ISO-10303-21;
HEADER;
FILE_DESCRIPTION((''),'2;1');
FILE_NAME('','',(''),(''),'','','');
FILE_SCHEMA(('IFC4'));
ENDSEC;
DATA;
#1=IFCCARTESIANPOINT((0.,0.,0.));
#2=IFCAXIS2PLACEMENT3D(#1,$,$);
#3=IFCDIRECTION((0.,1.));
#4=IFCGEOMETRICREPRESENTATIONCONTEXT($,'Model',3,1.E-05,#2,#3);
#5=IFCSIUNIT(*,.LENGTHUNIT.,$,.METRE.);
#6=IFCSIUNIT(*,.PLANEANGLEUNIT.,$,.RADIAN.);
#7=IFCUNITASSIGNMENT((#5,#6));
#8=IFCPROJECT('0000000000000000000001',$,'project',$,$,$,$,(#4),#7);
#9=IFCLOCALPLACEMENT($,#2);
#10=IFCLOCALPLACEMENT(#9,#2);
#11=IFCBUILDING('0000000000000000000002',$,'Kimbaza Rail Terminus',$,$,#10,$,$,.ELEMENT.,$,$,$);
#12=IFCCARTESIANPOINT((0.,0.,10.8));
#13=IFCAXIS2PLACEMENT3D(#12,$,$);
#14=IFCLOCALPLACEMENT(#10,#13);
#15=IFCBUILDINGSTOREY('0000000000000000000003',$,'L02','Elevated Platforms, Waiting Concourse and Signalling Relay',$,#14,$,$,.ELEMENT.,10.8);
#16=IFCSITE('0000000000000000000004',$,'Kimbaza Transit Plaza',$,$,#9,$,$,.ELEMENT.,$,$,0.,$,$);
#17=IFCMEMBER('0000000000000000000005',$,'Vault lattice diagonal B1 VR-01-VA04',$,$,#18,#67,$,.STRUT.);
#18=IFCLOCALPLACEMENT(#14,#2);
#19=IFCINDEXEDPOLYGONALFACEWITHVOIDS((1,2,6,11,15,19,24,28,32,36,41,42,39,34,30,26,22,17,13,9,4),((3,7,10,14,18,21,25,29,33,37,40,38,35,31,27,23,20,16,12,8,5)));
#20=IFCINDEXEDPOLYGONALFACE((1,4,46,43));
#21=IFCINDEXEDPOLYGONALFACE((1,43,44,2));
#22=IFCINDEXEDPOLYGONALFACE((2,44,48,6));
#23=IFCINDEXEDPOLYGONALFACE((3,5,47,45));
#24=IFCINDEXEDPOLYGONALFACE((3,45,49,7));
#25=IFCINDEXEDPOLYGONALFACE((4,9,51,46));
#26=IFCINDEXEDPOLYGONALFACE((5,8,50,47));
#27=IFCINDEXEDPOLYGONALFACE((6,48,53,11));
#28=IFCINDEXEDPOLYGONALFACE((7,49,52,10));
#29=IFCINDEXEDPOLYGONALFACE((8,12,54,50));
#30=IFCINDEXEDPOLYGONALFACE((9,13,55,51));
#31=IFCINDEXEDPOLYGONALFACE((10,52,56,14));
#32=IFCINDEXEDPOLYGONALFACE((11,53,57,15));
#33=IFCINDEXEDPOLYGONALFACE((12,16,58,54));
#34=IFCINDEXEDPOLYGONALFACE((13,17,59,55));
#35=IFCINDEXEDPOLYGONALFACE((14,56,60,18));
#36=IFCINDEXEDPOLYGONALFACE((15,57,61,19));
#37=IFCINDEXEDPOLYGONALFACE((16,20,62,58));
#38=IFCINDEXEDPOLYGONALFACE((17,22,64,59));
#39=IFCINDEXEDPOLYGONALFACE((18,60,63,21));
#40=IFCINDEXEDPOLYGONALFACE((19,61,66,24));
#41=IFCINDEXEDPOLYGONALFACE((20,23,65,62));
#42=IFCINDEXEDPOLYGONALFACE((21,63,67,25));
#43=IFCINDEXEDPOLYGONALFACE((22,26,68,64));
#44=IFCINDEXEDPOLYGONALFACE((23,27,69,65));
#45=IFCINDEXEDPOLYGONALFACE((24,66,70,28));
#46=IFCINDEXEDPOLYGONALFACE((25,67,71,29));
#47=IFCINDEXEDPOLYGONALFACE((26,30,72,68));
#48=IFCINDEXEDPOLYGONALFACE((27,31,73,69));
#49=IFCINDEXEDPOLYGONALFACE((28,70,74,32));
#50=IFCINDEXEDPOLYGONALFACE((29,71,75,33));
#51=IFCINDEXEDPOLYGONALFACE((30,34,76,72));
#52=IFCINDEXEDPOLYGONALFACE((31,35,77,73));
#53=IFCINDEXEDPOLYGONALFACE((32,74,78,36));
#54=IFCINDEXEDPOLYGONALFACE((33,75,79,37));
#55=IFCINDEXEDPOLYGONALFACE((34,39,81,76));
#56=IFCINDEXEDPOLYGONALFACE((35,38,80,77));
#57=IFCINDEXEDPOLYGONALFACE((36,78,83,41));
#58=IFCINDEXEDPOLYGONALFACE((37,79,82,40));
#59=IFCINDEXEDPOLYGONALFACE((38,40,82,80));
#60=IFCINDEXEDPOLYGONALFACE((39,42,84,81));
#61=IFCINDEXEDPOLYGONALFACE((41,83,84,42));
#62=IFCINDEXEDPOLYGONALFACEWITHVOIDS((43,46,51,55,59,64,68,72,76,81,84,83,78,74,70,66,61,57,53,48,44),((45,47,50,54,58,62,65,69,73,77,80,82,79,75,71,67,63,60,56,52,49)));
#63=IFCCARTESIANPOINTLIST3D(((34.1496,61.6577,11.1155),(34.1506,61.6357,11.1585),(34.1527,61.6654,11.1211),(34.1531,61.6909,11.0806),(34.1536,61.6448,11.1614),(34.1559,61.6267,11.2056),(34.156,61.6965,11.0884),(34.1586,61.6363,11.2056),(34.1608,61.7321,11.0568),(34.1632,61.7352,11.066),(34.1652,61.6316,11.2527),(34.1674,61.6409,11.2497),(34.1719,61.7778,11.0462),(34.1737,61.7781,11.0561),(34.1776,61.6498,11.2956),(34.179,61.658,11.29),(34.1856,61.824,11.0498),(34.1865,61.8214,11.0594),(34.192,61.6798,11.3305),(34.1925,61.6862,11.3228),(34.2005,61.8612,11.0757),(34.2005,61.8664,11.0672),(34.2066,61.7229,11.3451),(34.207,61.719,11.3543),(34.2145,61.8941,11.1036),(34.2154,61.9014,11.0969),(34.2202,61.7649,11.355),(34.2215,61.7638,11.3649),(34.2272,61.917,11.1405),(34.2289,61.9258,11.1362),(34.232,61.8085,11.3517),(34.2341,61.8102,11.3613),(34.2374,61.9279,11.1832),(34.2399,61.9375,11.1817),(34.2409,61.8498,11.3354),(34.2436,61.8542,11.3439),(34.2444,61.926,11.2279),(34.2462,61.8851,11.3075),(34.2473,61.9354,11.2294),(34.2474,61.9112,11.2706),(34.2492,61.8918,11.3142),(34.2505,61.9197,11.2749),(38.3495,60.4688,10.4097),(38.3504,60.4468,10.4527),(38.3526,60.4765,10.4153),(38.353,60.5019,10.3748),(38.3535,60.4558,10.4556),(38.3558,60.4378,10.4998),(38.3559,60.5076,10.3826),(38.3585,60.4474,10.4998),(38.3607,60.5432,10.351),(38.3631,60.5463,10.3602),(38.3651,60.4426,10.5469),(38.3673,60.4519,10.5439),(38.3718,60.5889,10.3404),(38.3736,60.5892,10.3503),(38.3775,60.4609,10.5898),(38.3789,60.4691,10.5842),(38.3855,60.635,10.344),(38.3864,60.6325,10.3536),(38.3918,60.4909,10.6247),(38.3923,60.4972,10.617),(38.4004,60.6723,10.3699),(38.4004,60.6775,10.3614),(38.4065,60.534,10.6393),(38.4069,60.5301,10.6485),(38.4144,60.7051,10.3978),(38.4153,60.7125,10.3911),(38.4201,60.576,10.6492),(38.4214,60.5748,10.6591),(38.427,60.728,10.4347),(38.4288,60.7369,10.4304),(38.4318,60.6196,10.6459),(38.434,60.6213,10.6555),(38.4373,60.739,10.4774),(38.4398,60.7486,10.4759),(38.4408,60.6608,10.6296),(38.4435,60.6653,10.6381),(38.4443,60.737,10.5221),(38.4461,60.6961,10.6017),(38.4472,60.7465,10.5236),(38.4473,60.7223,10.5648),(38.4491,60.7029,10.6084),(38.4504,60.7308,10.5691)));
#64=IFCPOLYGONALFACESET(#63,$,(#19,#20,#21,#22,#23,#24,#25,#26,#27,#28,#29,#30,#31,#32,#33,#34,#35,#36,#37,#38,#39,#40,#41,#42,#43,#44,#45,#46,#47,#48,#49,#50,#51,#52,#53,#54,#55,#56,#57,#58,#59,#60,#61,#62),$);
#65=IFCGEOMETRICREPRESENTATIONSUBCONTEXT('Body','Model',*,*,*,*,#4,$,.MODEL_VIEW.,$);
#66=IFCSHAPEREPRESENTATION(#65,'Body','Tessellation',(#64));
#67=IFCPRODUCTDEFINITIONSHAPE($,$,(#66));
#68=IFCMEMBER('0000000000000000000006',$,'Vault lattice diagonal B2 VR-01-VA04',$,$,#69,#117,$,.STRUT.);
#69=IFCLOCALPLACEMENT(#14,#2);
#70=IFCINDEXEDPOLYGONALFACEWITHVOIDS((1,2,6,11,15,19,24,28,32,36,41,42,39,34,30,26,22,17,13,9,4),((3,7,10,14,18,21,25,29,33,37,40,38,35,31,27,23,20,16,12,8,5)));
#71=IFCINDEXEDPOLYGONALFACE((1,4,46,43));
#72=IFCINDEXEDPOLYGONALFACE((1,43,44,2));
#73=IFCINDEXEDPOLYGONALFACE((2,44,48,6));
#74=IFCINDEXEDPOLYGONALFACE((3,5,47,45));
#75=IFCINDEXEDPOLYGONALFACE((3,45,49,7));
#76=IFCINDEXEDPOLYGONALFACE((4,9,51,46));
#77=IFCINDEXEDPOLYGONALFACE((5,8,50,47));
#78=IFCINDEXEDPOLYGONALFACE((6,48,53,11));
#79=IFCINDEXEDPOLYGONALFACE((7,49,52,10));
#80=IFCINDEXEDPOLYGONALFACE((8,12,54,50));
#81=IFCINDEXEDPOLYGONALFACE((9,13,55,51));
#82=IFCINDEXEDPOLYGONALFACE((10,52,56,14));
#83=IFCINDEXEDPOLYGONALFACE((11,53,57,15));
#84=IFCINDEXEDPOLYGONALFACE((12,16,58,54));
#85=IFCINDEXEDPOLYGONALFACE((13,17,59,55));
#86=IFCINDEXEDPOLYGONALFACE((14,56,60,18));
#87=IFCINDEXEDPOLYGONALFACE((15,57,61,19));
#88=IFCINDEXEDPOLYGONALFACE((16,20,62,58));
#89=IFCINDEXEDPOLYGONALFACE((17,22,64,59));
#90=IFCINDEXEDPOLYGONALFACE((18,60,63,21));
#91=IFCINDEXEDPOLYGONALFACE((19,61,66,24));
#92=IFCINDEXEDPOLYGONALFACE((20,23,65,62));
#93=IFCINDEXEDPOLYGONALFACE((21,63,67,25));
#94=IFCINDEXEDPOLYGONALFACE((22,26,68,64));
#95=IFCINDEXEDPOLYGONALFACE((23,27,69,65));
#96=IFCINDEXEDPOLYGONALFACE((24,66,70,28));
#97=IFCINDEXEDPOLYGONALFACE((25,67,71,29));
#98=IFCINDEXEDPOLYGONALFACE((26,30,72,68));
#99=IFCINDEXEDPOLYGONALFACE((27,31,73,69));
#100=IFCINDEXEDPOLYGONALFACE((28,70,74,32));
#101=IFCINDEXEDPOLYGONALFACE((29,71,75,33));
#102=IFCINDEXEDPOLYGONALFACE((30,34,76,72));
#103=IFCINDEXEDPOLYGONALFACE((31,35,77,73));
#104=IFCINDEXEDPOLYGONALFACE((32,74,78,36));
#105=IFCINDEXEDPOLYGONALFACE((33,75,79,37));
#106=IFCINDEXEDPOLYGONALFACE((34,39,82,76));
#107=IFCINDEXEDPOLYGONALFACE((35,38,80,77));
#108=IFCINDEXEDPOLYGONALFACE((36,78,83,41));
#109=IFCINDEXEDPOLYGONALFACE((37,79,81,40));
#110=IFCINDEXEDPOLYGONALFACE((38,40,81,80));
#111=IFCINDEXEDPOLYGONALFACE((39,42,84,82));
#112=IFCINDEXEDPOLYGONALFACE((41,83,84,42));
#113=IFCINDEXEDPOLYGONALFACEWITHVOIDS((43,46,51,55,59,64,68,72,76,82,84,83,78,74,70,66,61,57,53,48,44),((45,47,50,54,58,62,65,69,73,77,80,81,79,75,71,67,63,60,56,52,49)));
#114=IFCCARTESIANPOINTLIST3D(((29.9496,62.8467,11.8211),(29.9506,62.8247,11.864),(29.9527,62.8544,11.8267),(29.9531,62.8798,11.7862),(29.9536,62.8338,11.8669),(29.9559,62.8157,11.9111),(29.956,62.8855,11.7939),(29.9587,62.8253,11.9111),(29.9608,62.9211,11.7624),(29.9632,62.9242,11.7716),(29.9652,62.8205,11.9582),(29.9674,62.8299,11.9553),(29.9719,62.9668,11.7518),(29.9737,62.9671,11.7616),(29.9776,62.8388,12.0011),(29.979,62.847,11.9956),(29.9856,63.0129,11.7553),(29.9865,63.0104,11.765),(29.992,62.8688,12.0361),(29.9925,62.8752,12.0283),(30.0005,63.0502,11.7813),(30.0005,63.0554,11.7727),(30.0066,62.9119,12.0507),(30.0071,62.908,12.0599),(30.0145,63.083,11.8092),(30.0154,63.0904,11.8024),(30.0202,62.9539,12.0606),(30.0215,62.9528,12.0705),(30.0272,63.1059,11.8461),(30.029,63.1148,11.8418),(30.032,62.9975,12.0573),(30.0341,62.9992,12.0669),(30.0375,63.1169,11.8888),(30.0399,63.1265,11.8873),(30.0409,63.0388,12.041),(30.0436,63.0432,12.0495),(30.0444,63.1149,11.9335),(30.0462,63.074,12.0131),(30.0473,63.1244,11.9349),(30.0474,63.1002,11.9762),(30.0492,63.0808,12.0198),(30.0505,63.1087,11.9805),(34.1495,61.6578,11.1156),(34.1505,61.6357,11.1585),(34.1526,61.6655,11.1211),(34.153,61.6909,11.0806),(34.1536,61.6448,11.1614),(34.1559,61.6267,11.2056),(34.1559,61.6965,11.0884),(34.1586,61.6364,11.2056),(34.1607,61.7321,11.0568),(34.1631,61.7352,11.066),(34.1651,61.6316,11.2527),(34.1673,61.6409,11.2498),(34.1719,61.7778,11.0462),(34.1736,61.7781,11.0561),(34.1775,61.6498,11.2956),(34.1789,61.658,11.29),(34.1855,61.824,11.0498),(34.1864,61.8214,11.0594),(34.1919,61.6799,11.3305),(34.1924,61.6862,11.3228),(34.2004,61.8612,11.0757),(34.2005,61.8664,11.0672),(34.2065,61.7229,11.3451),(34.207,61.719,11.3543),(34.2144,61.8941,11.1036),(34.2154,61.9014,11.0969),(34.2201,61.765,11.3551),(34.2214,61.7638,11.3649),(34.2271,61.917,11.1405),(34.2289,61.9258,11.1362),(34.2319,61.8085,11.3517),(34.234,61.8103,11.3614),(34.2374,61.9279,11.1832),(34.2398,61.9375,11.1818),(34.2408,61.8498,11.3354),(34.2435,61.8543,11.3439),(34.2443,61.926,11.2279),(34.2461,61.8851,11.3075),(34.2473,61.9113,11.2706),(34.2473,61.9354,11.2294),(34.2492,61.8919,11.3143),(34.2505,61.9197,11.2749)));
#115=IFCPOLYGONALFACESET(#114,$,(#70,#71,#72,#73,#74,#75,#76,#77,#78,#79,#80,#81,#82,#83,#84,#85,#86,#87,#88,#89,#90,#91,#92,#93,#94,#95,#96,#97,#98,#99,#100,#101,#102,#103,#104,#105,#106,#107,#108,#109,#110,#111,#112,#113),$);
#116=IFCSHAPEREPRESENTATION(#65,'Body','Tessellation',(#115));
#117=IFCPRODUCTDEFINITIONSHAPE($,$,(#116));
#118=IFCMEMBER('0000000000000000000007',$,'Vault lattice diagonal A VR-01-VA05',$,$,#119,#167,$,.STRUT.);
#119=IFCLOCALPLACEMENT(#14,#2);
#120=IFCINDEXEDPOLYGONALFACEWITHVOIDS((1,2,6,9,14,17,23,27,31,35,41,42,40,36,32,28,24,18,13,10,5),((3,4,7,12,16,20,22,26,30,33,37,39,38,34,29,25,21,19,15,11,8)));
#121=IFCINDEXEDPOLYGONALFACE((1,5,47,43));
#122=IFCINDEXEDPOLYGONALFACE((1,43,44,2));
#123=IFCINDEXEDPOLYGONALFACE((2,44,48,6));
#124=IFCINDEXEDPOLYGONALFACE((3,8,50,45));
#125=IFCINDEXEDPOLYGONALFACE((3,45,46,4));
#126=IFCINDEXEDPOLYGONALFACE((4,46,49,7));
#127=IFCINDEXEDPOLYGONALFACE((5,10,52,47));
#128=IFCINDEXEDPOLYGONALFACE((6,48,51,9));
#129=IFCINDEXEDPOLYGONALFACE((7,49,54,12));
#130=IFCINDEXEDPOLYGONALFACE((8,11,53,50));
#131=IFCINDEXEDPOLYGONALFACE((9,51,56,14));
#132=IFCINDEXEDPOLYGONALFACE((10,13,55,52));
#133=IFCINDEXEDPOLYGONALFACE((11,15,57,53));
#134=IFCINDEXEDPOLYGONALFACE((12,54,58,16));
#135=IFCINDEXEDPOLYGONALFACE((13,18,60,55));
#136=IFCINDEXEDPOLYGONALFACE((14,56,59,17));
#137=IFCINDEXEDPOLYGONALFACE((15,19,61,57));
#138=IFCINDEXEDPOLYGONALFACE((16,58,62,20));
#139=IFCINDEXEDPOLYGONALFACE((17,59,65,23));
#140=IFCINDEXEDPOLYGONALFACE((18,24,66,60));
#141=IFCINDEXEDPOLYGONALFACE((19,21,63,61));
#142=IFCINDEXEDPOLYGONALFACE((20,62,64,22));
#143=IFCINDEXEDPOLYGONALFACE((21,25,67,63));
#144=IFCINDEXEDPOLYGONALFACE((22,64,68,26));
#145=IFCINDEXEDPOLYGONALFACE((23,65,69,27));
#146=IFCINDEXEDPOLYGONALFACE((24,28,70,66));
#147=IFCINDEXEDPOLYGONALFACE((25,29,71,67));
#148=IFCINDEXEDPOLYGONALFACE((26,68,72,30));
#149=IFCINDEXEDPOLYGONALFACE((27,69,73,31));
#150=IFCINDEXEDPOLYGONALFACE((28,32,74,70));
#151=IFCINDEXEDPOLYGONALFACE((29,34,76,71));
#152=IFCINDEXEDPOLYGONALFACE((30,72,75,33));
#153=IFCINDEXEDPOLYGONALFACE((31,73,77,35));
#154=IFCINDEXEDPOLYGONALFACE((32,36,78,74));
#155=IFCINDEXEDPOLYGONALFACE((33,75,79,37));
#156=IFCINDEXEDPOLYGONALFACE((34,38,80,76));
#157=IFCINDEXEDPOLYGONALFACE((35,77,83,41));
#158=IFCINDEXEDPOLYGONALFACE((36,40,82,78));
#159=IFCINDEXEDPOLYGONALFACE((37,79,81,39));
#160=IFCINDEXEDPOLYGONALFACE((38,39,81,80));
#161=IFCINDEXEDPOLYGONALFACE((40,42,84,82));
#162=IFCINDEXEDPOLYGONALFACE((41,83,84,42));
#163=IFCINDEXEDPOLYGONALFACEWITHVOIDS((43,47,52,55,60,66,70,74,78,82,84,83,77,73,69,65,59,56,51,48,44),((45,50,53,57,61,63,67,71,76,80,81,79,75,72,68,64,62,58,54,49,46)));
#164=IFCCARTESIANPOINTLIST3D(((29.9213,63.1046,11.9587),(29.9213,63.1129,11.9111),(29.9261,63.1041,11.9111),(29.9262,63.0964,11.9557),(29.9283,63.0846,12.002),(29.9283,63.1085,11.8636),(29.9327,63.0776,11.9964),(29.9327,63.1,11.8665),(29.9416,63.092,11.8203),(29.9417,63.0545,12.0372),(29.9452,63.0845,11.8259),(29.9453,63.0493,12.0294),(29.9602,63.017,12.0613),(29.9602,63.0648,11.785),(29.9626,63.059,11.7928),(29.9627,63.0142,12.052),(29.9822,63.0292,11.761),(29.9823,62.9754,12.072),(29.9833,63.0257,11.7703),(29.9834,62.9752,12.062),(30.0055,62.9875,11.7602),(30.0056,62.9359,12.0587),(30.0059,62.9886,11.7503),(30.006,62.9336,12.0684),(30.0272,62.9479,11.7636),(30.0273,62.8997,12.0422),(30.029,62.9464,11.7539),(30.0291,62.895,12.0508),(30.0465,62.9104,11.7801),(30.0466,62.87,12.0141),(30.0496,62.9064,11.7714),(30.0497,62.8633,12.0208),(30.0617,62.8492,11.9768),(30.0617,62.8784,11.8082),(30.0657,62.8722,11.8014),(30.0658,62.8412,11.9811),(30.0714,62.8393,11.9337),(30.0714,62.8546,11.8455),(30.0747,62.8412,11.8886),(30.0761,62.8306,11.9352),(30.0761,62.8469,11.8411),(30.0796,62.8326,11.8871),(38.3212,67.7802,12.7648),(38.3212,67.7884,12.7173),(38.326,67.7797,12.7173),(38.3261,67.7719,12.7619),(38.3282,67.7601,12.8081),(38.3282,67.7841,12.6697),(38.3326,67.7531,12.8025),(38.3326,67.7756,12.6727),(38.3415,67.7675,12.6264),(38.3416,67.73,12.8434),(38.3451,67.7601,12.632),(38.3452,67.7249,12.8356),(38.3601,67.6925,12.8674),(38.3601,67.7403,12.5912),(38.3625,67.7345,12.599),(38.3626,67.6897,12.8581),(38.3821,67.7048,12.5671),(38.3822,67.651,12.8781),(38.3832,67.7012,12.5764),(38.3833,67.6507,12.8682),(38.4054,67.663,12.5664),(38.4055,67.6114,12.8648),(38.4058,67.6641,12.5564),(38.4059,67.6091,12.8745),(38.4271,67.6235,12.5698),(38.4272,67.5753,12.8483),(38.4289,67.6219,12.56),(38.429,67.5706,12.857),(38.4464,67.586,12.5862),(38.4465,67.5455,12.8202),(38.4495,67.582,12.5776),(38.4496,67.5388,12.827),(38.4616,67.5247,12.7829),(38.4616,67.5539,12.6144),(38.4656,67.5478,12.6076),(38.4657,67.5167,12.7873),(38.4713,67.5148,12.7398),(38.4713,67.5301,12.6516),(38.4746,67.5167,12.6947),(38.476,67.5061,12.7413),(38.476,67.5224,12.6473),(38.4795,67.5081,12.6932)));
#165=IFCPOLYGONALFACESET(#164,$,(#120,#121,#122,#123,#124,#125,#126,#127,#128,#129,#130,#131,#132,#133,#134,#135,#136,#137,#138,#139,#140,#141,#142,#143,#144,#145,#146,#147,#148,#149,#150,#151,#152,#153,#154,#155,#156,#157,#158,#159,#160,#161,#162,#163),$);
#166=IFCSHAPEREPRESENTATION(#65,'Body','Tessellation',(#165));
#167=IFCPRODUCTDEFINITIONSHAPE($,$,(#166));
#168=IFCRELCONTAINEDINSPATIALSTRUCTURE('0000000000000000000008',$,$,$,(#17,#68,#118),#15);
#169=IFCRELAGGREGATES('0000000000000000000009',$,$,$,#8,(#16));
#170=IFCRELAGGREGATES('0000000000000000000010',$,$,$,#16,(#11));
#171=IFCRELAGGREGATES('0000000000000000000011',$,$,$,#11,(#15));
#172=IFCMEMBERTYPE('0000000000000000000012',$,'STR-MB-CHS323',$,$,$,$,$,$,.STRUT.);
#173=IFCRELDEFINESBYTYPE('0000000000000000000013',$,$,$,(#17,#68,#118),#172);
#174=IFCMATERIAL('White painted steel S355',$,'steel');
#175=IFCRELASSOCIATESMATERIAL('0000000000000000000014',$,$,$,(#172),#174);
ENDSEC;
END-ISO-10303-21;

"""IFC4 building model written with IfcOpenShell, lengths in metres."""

from ifc_helpers import new_model, si_unit, direction, frame, origin, origin_2d, place, context, subcontext, project, spatial, hollow_circle, extrude, material, material_profile, profile_set, type_object, element, save


model = new_model("IFC4")

# Units and contexts
model_context = context("Model", 3, precision=1e-05, world=origin(), true_north=direction((0.0, 1.0)))
body_context = subcontext(model_context, "Body", "Model", "MODEL_VIEW")
ifc_project = project(units=[si_unit("LENGTHUNIT", "METRE"), si_unit("PLANEANGLEUNIT", "RADIAN")], contexts=[model_context])

# Site, building, storey
site_placement = place(None, origin())
site = spatial("IfcSite", under=ifc_project, at=site_placement, Name="Kimbaza Transit Plaza", CompositionType="ELEMENT", RefElevation=0.0)
building_placement = place(site_placement, origin())
building = spatial("IfcBuilding", under=site, at=building_placement, Name="Kimbaza Rail Terminus", CompositionType="ELEMENT")
storey_placement = place(building_placement, frame((0.0, 0.0, 10.8)))
storey = spatial("IfcBuildingStorey", under=building, at=storey_placement, Name="L02", Description="Elevated Platforms, Waiting Concourse and Signalling Relay", CompositionType="ELEMENT", Elevation=10.8)

# Members
ifc_material_1 = material(Name="White painted steel S355", Category="steel")
ifc_material_profile_1 = material_profile(ifc_material_1, hollow_circle(Radius=0.1619, WallThickness=0.01, at=origin_2d()), Name="CHS 323.9x10")
ifc_profile_set_1 = profile_set([ifc_material_profile_1], Name="White painted steel S355")
member_type_1 = type_object("IfcMemberType", Name="STR-MB-CHS323", PredefinedType="STRUT", material=ifc_profile_set_1)
for number, where, z_axis, x_axis, name in (
    (1, (38.3999, 60.5935, 10.4998), (-0.949851, 0.268893, 0.159624), (-0.272386, -0.962188, 0.0), "Vault lattice diagonal B1 VR-01-VA04"),
    (2, (34.2, 61.7825, 11.2056), (-0.949859, 0.268896, 0.159571), (-0.272386, -0.962188, 0.0), "Vault lattice diagonal B2 VR-01-VA04"),
):
    element("IfcMember", number, at=place(storey_placement, frame(where, z_axis=z_axis, x_axis=x_axis)), inside=storey, type_object=member_type_1, Name=name, PredefinedType="STRUT", context=body_context, shape_type="SweptSolid", body=[
        extrude(hollow_circle(Radius=0.1619, WallThickness=0.01, at=origin_2d()), origin(), (0.0, 0.0, 1.0), 4.4216),
    ])
member_1_placement = place(storey_placement, frame((30.0, 62.9714, 11.9111), z_axis=(0.870707, 0.484651, 0.083563), x_axis=(-0.486352, 0.873763, 0.0)))
element("IfcMember", 3, at=member_1_placement, inside=storey, type_object=member_type_1, Name="Vault lattice diagonal A VR-01-VA05", PredefinedType="STRUT", context=body_context, shape_type="SweptSolid", body=[
    extrude(hollow_circle(Radius=0.1619, WallThickness=0.01, at=origin_2d()), origin(), (0.0, 0.0, 1.0), 9.6472),
])

save(model, "model.ifc")
